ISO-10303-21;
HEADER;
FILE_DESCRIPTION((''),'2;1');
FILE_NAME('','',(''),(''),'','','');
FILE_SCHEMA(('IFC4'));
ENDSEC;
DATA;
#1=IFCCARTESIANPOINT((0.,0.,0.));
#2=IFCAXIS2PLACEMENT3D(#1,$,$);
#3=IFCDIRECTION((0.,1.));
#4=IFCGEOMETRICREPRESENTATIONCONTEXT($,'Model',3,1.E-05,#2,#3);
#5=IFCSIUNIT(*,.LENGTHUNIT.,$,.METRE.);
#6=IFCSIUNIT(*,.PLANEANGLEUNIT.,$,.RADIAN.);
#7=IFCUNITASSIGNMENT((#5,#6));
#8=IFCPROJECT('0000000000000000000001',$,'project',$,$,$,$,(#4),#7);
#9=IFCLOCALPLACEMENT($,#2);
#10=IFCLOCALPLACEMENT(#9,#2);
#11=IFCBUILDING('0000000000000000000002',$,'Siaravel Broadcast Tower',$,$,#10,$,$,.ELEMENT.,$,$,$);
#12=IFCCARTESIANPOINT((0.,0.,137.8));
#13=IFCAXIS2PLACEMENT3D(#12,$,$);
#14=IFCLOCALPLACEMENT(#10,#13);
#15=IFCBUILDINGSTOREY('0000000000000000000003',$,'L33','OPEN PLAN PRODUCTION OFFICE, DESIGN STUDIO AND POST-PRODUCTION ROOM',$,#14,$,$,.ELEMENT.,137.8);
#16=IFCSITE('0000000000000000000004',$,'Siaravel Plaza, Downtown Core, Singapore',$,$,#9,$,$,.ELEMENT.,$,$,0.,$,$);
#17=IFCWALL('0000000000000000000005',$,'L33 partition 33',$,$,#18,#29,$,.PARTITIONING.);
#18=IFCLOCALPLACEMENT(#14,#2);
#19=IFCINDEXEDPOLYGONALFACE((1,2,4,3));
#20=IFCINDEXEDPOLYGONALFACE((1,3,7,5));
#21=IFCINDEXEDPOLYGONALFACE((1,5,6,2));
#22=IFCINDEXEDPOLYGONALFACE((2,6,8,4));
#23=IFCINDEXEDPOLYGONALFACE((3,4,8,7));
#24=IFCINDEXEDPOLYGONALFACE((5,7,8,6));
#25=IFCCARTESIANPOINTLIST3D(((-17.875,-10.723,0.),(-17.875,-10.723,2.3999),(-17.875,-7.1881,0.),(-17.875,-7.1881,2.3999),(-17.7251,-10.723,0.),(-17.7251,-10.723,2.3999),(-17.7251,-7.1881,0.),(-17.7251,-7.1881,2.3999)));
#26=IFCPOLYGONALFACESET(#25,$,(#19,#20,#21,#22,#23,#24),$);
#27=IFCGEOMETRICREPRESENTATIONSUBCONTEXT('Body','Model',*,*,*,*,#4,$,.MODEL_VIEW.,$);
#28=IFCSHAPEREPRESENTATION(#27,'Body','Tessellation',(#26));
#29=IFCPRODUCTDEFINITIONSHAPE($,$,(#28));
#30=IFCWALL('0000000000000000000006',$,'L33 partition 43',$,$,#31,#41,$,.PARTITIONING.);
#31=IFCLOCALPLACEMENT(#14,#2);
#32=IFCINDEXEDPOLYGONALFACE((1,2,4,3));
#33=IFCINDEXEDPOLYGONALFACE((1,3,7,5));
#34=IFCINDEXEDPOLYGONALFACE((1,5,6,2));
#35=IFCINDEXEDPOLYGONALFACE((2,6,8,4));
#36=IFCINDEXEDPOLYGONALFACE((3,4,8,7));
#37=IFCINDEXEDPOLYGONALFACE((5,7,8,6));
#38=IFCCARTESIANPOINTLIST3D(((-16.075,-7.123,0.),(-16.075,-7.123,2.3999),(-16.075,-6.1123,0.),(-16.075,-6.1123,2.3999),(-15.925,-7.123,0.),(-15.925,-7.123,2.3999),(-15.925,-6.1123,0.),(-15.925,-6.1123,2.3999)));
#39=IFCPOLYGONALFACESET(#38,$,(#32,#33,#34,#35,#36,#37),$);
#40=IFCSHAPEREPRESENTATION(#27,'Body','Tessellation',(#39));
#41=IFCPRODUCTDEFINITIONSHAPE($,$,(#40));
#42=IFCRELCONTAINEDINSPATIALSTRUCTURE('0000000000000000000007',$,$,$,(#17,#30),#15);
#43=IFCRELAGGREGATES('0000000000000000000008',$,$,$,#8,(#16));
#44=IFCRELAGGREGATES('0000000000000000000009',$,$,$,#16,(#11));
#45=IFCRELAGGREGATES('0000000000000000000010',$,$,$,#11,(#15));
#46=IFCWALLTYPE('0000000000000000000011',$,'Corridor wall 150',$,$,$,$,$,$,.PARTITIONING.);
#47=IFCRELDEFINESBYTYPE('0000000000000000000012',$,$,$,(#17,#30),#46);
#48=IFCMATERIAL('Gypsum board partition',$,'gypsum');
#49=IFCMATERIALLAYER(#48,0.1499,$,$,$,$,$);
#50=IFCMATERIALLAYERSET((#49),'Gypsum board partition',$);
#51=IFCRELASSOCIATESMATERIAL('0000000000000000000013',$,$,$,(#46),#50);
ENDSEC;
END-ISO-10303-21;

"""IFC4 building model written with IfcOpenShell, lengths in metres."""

from ifc_helpers import new_model, si_unit, direction, frame, frame_2d, origin, place, context, subcontext, project, spatial, rectangle, extrude, material, layer, layer_set, type_object, element, save


model = new_model("IFC4")

# Units and contexts
model_context = context("Model", 3, precision=1e-05, world=origin(), true_north=direction((0.0, 1.0)))
body_context = subcontext(model_context, "Body", "Model", "MODEL_VIEW")
ifc_project = project(units=[si_unit("LENGTHUNIT", "METRE"), si_unit("PLANEANGLEUNIT", "RADIAN")], contexts=[model_context])

# Site, building, storey
site_placement = place(None, origin())
site = spatial("IfcSite", under=ifc_project, at=site_placement, Name="Siaravel Plaza, Downtown Core, Singapore", CompositionType="ELEMENT", RefElevation=0.0)
building_placement = place(site_placement, origin())
building = spatial("IfcBuilding", under=site, at=building_placement, Name="Siaravel Broadcast Tower", CompositionType="ELEMENT")
storey_placement = place(building_placement, frame((0.0, 0.0, 137.8)))
storey = spatial("IfcBuildingStorey", under=building, at=storey_placement, Name="L33", Description="OPEN PLAN PRODUCTION OFFICE, DESIGN STUDIO AND POST-PRODUCTION ROOM", CompositionType="ELEMENT", Elevation=137.8)

# Shared definitions
ifc_material_1 = material(Name="Gypsum board partition", Category="gypsum")
ifc_layer_1 = layer(ifc_material_1, 0.1499)
ifc_layer_set_1 = layer_set([ifc_layer_1], Name="Gypsum board partition")
wall_type_1 = type_object("IfcWallType", Name="Corridor wall 150", PredefinedType="PARTITIONING", material=ifc_layer_set_1)

# Walls
wall_1_placement = place(storey_placement, frame((-17.8, -7.188, 0.0), z_axis=(0.0, 0.0, 1.0), x_axis=(0.0, -1.0, 0.0)))
element("IfcWall", 1, at=wall_1_placement, inside=storey, type_object=wall_type_1, Name="L33 partition 33", PredefinedType="PARTITIONING", context=body_context, shape_type="SweptSolid", body=[
    extrude(rectangle(XDim=3.5349, YDim=0.1499, at=frame_2d((1.7676, 0.0))), origin(), (0.0, 0.0, 1.0), 2.3999),
])
wall_2_placement = place(storey_placement, frame((-16.0, -7.123, 0.0), z_axis=(0.0, 0.0, 1.0), x_axis=(0.0, 1.0, 0.0)))
element("IfcWall", 2, at=wall_2_placement, inside=storey, type_object=wall_type_1, Name="L33 partition 43", PredefinedType="PARTITIONING", context=body_context, shape_type="SweptSolid", body=[
    extrude(rectangle(XDim=1.0107, YDim=0.1499, at=frame_2d((0.5054, 0.0))), origin(), (0.0, 0.0, 1.0), 2.3999),
])

save(model, "model.ifc")
